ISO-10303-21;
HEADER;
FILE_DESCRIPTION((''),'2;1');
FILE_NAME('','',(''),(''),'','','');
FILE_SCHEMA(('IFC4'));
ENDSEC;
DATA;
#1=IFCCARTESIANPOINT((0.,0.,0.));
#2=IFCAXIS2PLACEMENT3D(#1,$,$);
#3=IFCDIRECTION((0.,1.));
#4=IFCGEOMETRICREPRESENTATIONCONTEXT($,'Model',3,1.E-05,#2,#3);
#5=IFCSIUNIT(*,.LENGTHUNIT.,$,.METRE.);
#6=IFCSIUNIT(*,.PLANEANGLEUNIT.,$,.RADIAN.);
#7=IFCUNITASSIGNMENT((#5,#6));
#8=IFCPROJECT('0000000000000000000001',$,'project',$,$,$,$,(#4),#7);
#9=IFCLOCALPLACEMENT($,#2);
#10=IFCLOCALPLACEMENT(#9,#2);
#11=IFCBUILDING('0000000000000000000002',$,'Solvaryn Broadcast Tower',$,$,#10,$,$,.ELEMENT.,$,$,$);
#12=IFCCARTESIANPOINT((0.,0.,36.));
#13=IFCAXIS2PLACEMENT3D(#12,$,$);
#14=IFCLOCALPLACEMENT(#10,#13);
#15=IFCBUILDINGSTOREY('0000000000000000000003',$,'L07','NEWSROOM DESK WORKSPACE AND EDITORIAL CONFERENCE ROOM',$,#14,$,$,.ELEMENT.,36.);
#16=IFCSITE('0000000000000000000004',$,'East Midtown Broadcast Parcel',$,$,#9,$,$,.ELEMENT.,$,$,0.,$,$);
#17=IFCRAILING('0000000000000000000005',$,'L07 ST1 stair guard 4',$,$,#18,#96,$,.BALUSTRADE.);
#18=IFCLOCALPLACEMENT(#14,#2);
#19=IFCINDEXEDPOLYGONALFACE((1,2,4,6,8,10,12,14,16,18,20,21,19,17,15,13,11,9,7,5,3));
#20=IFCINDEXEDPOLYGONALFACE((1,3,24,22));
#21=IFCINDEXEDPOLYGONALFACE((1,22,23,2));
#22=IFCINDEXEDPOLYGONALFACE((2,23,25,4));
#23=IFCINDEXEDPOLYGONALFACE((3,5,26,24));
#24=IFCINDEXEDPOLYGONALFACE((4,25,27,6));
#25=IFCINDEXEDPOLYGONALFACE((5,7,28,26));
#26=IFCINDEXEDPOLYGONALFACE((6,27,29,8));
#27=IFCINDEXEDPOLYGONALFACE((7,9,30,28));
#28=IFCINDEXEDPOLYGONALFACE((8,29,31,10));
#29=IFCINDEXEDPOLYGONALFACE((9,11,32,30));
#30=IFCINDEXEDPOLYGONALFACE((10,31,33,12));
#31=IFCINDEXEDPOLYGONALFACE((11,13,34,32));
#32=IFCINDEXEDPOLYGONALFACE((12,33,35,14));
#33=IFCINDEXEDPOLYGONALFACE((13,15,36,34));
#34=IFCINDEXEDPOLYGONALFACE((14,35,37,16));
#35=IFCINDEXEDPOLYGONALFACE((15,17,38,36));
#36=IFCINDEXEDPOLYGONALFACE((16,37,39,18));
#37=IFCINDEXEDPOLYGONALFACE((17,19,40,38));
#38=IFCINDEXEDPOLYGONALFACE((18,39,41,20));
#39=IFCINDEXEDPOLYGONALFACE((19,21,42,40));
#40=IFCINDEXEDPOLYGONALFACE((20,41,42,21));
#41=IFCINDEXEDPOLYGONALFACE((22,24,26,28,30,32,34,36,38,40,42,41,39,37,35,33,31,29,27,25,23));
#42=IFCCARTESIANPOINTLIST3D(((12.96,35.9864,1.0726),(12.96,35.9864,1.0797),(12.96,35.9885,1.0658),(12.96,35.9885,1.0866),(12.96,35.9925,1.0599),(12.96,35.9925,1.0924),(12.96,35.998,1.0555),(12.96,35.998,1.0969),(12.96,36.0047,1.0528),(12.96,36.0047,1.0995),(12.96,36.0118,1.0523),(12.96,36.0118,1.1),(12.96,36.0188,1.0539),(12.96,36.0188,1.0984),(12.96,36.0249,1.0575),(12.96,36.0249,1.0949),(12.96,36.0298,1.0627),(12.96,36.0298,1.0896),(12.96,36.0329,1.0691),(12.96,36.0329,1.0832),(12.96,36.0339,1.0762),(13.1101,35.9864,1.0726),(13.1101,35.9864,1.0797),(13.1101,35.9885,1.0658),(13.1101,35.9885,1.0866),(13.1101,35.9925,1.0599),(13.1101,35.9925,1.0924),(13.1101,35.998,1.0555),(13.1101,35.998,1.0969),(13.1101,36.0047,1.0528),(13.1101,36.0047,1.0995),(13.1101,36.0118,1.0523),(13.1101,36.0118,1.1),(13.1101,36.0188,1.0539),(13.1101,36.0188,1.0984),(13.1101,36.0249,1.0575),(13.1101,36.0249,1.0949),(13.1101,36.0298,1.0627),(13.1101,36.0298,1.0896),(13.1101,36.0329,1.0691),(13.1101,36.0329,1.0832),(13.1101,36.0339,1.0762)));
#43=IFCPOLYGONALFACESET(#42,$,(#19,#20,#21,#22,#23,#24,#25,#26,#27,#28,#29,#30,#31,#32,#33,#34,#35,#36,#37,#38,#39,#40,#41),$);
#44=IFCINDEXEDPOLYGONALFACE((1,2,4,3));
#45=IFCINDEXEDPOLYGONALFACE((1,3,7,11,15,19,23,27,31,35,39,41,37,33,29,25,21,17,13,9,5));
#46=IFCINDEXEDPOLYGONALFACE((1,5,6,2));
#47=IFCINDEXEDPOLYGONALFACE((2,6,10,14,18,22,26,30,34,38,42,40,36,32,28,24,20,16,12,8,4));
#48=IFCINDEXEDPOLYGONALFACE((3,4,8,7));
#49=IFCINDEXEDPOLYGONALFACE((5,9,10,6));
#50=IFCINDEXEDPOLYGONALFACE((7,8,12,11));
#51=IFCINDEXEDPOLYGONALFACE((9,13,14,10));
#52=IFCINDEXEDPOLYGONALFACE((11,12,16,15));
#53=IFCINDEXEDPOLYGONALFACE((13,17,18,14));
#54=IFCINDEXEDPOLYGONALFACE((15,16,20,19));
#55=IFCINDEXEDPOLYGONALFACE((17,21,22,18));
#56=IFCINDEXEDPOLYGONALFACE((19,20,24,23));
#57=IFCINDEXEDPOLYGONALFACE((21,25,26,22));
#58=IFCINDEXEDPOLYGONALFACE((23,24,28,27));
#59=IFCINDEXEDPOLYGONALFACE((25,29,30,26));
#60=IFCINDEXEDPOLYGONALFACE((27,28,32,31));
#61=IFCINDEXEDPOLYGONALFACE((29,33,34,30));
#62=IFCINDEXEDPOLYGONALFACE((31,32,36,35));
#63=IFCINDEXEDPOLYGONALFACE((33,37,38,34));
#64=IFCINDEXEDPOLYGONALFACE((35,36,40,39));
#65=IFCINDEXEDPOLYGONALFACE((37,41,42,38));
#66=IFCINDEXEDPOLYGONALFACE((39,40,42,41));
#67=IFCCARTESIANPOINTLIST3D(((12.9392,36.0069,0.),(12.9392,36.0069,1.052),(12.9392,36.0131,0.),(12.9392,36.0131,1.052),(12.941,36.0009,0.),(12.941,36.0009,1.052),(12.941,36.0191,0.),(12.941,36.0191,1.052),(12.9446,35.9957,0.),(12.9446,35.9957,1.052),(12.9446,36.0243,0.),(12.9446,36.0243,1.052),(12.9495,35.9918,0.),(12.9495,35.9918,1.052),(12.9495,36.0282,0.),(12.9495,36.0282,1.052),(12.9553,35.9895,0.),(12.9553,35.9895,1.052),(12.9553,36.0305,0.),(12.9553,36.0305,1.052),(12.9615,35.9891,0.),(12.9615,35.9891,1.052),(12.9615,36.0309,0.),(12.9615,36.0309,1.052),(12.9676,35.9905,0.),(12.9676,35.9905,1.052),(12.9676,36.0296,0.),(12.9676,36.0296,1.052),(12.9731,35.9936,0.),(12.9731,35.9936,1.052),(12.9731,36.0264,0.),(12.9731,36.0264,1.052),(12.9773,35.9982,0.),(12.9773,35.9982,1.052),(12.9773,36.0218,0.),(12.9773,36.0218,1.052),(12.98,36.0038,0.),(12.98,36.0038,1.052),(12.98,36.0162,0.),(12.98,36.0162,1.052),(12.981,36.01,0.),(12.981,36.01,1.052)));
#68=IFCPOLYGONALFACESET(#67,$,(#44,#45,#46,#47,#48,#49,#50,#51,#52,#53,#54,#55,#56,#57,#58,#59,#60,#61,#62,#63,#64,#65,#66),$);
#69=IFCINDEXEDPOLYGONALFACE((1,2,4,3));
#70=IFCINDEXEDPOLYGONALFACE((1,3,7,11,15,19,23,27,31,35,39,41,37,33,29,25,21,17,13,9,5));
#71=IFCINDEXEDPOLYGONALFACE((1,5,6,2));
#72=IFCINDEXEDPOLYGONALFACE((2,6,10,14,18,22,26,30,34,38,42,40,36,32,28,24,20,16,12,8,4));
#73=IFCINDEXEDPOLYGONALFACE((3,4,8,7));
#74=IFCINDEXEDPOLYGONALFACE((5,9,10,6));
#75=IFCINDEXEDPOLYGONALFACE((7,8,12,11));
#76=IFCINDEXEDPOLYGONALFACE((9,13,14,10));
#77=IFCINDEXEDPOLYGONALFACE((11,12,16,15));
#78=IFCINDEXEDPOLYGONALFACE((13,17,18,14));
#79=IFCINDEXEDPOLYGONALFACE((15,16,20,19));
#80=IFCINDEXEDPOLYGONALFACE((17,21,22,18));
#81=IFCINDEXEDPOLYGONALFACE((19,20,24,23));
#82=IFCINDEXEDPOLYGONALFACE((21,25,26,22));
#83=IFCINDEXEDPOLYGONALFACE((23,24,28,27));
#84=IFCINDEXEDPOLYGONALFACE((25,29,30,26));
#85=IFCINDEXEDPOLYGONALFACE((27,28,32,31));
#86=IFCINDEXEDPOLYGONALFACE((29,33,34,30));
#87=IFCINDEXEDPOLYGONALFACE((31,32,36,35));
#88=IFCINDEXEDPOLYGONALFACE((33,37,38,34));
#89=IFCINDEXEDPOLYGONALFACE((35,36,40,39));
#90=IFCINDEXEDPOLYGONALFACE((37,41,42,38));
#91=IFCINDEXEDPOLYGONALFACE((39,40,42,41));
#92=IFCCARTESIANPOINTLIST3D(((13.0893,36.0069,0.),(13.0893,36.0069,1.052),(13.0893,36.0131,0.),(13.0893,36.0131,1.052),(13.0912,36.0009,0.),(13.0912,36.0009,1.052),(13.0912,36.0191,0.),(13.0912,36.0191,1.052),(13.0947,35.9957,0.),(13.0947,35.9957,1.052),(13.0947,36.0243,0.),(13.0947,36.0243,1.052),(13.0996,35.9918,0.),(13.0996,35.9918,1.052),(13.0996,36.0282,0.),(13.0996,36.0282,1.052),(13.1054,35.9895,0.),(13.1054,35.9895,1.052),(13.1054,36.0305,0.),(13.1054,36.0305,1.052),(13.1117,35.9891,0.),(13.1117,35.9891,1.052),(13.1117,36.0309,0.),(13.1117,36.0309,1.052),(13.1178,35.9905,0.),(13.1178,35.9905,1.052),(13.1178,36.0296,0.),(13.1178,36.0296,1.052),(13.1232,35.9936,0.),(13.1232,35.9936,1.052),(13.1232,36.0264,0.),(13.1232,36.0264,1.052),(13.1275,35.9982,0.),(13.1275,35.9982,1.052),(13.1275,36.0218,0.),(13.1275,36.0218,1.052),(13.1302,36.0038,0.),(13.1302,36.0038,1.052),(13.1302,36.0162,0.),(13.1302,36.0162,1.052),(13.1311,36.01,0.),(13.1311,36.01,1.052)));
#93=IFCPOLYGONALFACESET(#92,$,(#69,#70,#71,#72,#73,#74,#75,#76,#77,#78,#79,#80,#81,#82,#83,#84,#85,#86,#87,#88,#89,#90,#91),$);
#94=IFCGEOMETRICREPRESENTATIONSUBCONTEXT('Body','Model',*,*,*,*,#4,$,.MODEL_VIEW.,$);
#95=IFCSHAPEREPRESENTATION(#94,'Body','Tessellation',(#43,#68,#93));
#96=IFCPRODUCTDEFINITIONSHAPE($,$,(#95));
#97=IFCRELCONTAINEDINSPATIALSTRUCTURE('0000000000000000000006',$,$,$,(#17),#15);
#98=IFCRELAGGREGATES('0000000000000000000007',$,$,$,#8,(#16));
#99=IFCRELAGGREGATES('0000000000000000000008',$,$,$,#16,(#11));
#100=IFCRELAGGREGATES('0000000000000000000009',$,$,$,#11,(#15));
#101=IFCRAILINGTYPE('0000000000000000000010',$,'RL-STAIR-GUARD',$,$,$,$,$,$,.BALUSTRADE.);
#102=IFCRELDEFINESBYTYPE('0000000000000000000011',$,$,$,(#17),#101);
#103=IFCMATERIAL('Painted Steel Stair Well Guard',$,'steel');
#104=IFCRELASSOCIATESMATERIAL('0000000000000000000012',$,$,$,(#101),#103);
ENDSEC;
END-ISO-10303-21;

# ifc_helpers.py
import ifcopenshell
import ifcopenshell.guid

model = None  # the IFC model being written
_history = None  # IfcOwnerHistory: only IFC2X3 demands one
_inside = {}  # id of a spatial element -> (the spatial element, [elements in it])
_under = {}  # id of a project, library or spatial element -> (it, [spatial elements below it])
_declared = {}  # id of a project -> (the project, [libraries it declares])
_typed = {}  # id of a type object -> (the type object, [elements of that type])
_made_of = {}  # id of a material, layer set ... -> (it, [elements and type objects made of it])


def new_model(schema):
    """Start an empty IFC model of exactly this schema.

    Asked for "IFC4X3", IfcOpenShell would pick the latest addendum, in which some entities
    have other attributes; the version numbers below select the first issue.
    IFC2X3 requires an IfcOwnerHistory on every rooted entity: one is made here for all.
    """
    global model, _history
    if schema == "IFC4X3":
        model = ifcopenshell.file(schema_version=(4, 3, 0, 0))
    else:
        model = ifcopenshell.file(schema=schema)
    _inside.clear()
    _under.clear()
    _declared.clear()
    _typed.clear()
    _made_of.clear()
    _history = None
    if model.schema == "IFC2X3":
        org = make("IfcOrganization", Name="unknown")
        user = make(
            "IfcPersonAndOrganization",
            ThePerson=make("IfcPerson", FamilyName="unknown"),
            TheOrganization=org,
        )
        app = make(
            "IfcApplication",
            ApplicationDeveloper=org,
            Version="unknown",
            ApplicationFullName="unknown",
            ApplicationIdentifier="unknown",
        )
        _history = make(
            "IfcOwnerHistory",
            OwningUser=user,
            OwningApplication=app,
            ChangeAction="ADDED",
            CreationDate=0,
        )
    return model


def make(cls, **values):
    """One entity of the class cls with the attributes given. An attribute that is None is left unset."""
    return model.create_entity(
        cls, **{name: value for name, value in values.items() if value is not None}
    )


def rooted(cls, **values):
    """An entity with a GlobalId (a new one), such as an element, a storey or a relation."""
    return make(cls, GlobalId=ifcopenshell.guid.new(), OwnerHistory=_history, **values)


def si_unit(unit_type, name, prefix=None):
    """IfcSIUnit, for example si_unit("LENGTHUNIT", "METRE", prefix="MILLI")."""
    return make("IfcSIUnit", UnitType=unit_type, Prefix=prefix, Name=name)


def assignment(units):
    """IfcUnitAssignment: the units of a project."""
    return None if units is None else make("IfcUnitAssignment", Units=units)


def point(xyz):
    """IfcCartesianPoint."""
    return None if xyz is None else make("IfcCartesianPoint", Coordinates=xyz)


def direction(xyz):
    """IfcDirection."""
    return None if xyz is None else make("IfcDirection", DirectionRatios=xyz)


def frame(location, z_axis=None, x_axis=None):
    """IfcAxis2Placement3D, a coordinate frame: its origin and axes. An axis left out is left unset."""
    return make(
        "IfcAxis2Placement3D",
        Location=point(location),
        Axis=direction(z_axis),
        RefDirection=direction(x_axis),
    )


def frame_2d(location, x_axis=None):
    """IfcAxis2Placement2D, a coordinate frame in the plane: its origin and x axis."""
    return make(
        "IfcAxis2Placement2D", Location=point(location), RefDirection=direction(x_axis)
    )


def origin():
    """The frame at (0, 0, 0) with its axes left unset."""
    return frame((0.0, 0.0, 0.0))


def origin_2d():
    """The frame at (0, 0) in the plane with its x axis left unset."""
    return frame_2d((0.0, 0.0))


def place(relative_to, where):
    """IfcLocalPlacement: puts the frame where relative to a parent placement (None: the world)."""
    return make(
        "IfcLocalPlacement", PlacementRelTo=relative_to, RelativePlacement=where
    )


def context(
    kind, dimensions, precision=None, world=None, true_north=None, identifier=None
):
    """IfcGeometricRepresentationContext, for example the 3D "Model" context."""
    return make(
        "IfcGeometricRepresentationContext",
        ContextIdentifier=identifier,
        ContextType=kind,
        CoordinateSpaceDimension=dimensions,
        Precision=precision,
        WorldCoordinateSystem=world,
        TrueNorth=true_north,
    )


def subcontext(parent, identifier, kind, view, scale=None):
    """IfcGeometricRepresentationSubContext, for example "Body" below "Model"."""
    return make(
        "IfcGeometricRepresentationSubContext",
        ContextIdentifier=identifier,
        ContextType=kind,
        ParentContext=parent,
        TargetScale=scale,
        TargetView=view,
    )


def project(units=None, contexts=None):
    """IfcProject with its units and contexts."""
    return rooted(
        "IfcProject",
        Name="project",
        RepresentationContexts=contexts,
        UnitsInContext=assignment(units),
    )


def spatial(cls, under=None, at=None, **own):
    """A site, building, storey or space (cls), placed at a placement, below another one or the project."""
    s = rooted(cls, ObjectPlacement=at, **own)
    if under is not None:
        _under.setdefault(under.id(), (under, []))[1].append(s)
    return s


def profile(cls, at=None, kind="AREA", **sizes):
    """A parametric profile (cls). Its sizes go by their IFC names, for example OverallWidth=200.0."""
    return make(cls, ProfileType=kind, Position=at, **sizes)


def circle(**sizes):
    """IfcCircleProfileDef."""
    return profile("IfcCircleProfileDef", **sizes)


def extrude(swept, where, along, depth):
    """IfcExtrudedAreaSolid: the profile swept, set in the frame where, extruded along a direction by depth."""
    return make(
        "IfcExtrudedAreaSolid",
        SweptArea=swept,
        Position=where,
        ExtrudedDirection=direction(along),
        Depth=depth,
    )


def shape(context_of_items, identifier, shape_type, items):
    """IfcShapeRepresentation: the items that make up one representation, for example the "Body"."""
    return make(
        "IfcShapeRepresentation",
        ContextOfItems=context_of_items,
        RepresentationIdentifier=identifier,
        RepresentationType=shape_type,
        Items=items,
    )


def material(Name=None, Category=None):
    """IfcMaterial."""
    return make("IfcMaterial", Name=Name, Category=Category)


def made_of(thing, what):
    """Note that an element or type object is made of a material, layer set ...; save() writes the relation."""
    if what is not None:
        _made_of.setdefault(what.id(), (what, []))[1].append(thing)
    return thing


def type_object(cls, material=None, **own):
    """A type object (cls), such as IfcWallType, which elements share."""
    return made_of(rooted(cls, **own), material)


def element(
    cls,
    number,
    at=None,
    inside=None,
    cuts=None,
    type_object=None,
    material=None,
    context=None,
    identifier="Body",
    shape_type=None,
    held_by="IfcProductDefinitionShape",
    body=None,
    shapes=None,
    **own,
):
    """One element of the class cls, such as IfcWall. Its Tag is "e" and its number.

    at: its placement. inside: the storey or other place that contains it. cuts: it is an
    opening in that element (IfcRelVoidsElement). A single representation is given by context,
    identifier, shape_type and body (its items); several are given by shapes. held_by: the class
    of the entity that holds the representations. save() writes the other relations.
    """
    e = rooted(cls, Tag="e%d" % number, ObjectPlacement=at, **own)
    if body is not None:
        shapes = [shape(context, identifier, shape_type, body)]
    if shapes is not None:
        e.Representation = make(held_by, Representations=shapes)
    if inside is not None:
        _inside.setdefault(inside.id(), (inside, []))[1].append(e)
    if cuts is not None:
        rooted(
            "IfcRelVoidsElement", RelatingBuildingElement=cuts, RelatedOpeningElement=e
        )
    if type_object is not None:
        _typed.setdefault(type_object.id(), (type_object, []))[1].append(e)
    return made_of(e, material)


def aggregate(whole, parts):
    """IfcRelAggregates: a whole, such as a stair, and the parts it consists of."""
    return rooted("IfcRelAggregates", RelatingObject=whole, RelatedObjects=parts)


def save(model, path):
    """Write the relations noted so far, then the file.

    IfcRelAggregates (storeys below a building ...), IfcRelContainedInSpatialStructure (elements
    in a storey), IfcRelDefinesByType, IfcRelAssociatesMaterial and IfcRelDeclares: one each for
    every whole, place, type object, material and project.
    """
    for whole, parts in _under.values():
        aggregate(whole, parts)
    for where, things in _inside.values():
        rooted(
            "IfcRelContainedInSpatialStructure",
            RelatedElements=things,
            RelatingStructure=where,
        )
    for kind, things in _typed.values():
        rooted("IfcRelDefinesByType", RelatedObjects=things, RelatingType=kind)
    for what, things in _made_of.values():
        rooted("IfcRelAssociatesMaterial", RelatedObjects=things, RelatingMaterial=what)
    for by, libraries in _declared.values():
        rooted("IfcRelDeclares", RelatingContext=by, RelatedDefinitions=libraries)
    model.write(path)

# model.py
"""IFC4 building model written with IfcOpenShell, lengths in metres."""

from ifc_helpers import new_model, si_unit, direction, frame, origin, origin_2d, place, context, subcontext, project, spatial, circle, extrude, material, type_object, element, save


model = new_model("IFC4")

# Units and contexts
model_context = context("Model", 3, precision=1e-05, world=origin(), true_north=direction((0.0, 1.0)))
body_context = subcontext(model_context, "Body", "Model", "MODEL_VIEW")
ifc_project = project(units=[si_unit("LENGTHUNIT", "METRE"), si_unit("PLANEANGLEUNIT", "RADIAN")], contexts=[model_context])

# Site, building, storey
site_placement = place(None, origin())
site = spatial("IfcSite", under=ifc_project, at=site_placement, Name="East Midtown Broadcast Parcel", CompositionType="ELEMENT", RefElevation=0.0)
building_placement = place(site_placement, origin())
building = spatial("IfcBuilding", under=site, at=building_placement, Name="Solvaryn Broadcast Tower", CompositionType="ELEMENT")
storey_placement = place(building_placement, frame((0.0, 0.0, 36.0)))
storey = spatial("IfcBuildingStorey", under=building, at=storey_placement, Name="L07", Description="NEWSROOM DESK WORKSPACE AND EDITORIAL CONFERENCE ROOM", CompositionType="ELEMENT", Elevation=36.0)

# Railing
ifc_material_1 = material(Name="Painted Steel Stair Well Guard", Category="steel")
railing_type_1 = type_object("IfcRailingType", Name="RL-STAIR-GUARD", PredefinedType="BALUSTRADE", material=ifc_material_1)
railing_1_placement = place(storey_placement, frame((12.96, 36.01, 0.0)))
element("IfcRailing", 1, at=railing_1_placement, inside=storey, type_object=railing_type_1, Name="L07 ST1 stair guard 4", PredefinedType="BALUSTRADE", context=body_context, shape_type="SweptSolid", body=[
    extrude(circle(Radius=0.0239, at=origin_2d()), frame((0.0, 0.0, 1.0762), z_axis=(1.0, 0.0, 0.0), x_axis=(0.0, 1.0, 0.0)), (0.0, 0.0, 1.0), 0.1501),
    extrude(circle(Radius=0.021, at=origin_2d()), origin(), (0.0, 0.0, 1.0), 1.052),
    extrude(circle(Radius=0.021, at=origin_2d()), frame((0.1501, 0.0, 0.0)), (0.0, 0.0, 1.0), 1.052),
])

save(model, "model.ifc")
